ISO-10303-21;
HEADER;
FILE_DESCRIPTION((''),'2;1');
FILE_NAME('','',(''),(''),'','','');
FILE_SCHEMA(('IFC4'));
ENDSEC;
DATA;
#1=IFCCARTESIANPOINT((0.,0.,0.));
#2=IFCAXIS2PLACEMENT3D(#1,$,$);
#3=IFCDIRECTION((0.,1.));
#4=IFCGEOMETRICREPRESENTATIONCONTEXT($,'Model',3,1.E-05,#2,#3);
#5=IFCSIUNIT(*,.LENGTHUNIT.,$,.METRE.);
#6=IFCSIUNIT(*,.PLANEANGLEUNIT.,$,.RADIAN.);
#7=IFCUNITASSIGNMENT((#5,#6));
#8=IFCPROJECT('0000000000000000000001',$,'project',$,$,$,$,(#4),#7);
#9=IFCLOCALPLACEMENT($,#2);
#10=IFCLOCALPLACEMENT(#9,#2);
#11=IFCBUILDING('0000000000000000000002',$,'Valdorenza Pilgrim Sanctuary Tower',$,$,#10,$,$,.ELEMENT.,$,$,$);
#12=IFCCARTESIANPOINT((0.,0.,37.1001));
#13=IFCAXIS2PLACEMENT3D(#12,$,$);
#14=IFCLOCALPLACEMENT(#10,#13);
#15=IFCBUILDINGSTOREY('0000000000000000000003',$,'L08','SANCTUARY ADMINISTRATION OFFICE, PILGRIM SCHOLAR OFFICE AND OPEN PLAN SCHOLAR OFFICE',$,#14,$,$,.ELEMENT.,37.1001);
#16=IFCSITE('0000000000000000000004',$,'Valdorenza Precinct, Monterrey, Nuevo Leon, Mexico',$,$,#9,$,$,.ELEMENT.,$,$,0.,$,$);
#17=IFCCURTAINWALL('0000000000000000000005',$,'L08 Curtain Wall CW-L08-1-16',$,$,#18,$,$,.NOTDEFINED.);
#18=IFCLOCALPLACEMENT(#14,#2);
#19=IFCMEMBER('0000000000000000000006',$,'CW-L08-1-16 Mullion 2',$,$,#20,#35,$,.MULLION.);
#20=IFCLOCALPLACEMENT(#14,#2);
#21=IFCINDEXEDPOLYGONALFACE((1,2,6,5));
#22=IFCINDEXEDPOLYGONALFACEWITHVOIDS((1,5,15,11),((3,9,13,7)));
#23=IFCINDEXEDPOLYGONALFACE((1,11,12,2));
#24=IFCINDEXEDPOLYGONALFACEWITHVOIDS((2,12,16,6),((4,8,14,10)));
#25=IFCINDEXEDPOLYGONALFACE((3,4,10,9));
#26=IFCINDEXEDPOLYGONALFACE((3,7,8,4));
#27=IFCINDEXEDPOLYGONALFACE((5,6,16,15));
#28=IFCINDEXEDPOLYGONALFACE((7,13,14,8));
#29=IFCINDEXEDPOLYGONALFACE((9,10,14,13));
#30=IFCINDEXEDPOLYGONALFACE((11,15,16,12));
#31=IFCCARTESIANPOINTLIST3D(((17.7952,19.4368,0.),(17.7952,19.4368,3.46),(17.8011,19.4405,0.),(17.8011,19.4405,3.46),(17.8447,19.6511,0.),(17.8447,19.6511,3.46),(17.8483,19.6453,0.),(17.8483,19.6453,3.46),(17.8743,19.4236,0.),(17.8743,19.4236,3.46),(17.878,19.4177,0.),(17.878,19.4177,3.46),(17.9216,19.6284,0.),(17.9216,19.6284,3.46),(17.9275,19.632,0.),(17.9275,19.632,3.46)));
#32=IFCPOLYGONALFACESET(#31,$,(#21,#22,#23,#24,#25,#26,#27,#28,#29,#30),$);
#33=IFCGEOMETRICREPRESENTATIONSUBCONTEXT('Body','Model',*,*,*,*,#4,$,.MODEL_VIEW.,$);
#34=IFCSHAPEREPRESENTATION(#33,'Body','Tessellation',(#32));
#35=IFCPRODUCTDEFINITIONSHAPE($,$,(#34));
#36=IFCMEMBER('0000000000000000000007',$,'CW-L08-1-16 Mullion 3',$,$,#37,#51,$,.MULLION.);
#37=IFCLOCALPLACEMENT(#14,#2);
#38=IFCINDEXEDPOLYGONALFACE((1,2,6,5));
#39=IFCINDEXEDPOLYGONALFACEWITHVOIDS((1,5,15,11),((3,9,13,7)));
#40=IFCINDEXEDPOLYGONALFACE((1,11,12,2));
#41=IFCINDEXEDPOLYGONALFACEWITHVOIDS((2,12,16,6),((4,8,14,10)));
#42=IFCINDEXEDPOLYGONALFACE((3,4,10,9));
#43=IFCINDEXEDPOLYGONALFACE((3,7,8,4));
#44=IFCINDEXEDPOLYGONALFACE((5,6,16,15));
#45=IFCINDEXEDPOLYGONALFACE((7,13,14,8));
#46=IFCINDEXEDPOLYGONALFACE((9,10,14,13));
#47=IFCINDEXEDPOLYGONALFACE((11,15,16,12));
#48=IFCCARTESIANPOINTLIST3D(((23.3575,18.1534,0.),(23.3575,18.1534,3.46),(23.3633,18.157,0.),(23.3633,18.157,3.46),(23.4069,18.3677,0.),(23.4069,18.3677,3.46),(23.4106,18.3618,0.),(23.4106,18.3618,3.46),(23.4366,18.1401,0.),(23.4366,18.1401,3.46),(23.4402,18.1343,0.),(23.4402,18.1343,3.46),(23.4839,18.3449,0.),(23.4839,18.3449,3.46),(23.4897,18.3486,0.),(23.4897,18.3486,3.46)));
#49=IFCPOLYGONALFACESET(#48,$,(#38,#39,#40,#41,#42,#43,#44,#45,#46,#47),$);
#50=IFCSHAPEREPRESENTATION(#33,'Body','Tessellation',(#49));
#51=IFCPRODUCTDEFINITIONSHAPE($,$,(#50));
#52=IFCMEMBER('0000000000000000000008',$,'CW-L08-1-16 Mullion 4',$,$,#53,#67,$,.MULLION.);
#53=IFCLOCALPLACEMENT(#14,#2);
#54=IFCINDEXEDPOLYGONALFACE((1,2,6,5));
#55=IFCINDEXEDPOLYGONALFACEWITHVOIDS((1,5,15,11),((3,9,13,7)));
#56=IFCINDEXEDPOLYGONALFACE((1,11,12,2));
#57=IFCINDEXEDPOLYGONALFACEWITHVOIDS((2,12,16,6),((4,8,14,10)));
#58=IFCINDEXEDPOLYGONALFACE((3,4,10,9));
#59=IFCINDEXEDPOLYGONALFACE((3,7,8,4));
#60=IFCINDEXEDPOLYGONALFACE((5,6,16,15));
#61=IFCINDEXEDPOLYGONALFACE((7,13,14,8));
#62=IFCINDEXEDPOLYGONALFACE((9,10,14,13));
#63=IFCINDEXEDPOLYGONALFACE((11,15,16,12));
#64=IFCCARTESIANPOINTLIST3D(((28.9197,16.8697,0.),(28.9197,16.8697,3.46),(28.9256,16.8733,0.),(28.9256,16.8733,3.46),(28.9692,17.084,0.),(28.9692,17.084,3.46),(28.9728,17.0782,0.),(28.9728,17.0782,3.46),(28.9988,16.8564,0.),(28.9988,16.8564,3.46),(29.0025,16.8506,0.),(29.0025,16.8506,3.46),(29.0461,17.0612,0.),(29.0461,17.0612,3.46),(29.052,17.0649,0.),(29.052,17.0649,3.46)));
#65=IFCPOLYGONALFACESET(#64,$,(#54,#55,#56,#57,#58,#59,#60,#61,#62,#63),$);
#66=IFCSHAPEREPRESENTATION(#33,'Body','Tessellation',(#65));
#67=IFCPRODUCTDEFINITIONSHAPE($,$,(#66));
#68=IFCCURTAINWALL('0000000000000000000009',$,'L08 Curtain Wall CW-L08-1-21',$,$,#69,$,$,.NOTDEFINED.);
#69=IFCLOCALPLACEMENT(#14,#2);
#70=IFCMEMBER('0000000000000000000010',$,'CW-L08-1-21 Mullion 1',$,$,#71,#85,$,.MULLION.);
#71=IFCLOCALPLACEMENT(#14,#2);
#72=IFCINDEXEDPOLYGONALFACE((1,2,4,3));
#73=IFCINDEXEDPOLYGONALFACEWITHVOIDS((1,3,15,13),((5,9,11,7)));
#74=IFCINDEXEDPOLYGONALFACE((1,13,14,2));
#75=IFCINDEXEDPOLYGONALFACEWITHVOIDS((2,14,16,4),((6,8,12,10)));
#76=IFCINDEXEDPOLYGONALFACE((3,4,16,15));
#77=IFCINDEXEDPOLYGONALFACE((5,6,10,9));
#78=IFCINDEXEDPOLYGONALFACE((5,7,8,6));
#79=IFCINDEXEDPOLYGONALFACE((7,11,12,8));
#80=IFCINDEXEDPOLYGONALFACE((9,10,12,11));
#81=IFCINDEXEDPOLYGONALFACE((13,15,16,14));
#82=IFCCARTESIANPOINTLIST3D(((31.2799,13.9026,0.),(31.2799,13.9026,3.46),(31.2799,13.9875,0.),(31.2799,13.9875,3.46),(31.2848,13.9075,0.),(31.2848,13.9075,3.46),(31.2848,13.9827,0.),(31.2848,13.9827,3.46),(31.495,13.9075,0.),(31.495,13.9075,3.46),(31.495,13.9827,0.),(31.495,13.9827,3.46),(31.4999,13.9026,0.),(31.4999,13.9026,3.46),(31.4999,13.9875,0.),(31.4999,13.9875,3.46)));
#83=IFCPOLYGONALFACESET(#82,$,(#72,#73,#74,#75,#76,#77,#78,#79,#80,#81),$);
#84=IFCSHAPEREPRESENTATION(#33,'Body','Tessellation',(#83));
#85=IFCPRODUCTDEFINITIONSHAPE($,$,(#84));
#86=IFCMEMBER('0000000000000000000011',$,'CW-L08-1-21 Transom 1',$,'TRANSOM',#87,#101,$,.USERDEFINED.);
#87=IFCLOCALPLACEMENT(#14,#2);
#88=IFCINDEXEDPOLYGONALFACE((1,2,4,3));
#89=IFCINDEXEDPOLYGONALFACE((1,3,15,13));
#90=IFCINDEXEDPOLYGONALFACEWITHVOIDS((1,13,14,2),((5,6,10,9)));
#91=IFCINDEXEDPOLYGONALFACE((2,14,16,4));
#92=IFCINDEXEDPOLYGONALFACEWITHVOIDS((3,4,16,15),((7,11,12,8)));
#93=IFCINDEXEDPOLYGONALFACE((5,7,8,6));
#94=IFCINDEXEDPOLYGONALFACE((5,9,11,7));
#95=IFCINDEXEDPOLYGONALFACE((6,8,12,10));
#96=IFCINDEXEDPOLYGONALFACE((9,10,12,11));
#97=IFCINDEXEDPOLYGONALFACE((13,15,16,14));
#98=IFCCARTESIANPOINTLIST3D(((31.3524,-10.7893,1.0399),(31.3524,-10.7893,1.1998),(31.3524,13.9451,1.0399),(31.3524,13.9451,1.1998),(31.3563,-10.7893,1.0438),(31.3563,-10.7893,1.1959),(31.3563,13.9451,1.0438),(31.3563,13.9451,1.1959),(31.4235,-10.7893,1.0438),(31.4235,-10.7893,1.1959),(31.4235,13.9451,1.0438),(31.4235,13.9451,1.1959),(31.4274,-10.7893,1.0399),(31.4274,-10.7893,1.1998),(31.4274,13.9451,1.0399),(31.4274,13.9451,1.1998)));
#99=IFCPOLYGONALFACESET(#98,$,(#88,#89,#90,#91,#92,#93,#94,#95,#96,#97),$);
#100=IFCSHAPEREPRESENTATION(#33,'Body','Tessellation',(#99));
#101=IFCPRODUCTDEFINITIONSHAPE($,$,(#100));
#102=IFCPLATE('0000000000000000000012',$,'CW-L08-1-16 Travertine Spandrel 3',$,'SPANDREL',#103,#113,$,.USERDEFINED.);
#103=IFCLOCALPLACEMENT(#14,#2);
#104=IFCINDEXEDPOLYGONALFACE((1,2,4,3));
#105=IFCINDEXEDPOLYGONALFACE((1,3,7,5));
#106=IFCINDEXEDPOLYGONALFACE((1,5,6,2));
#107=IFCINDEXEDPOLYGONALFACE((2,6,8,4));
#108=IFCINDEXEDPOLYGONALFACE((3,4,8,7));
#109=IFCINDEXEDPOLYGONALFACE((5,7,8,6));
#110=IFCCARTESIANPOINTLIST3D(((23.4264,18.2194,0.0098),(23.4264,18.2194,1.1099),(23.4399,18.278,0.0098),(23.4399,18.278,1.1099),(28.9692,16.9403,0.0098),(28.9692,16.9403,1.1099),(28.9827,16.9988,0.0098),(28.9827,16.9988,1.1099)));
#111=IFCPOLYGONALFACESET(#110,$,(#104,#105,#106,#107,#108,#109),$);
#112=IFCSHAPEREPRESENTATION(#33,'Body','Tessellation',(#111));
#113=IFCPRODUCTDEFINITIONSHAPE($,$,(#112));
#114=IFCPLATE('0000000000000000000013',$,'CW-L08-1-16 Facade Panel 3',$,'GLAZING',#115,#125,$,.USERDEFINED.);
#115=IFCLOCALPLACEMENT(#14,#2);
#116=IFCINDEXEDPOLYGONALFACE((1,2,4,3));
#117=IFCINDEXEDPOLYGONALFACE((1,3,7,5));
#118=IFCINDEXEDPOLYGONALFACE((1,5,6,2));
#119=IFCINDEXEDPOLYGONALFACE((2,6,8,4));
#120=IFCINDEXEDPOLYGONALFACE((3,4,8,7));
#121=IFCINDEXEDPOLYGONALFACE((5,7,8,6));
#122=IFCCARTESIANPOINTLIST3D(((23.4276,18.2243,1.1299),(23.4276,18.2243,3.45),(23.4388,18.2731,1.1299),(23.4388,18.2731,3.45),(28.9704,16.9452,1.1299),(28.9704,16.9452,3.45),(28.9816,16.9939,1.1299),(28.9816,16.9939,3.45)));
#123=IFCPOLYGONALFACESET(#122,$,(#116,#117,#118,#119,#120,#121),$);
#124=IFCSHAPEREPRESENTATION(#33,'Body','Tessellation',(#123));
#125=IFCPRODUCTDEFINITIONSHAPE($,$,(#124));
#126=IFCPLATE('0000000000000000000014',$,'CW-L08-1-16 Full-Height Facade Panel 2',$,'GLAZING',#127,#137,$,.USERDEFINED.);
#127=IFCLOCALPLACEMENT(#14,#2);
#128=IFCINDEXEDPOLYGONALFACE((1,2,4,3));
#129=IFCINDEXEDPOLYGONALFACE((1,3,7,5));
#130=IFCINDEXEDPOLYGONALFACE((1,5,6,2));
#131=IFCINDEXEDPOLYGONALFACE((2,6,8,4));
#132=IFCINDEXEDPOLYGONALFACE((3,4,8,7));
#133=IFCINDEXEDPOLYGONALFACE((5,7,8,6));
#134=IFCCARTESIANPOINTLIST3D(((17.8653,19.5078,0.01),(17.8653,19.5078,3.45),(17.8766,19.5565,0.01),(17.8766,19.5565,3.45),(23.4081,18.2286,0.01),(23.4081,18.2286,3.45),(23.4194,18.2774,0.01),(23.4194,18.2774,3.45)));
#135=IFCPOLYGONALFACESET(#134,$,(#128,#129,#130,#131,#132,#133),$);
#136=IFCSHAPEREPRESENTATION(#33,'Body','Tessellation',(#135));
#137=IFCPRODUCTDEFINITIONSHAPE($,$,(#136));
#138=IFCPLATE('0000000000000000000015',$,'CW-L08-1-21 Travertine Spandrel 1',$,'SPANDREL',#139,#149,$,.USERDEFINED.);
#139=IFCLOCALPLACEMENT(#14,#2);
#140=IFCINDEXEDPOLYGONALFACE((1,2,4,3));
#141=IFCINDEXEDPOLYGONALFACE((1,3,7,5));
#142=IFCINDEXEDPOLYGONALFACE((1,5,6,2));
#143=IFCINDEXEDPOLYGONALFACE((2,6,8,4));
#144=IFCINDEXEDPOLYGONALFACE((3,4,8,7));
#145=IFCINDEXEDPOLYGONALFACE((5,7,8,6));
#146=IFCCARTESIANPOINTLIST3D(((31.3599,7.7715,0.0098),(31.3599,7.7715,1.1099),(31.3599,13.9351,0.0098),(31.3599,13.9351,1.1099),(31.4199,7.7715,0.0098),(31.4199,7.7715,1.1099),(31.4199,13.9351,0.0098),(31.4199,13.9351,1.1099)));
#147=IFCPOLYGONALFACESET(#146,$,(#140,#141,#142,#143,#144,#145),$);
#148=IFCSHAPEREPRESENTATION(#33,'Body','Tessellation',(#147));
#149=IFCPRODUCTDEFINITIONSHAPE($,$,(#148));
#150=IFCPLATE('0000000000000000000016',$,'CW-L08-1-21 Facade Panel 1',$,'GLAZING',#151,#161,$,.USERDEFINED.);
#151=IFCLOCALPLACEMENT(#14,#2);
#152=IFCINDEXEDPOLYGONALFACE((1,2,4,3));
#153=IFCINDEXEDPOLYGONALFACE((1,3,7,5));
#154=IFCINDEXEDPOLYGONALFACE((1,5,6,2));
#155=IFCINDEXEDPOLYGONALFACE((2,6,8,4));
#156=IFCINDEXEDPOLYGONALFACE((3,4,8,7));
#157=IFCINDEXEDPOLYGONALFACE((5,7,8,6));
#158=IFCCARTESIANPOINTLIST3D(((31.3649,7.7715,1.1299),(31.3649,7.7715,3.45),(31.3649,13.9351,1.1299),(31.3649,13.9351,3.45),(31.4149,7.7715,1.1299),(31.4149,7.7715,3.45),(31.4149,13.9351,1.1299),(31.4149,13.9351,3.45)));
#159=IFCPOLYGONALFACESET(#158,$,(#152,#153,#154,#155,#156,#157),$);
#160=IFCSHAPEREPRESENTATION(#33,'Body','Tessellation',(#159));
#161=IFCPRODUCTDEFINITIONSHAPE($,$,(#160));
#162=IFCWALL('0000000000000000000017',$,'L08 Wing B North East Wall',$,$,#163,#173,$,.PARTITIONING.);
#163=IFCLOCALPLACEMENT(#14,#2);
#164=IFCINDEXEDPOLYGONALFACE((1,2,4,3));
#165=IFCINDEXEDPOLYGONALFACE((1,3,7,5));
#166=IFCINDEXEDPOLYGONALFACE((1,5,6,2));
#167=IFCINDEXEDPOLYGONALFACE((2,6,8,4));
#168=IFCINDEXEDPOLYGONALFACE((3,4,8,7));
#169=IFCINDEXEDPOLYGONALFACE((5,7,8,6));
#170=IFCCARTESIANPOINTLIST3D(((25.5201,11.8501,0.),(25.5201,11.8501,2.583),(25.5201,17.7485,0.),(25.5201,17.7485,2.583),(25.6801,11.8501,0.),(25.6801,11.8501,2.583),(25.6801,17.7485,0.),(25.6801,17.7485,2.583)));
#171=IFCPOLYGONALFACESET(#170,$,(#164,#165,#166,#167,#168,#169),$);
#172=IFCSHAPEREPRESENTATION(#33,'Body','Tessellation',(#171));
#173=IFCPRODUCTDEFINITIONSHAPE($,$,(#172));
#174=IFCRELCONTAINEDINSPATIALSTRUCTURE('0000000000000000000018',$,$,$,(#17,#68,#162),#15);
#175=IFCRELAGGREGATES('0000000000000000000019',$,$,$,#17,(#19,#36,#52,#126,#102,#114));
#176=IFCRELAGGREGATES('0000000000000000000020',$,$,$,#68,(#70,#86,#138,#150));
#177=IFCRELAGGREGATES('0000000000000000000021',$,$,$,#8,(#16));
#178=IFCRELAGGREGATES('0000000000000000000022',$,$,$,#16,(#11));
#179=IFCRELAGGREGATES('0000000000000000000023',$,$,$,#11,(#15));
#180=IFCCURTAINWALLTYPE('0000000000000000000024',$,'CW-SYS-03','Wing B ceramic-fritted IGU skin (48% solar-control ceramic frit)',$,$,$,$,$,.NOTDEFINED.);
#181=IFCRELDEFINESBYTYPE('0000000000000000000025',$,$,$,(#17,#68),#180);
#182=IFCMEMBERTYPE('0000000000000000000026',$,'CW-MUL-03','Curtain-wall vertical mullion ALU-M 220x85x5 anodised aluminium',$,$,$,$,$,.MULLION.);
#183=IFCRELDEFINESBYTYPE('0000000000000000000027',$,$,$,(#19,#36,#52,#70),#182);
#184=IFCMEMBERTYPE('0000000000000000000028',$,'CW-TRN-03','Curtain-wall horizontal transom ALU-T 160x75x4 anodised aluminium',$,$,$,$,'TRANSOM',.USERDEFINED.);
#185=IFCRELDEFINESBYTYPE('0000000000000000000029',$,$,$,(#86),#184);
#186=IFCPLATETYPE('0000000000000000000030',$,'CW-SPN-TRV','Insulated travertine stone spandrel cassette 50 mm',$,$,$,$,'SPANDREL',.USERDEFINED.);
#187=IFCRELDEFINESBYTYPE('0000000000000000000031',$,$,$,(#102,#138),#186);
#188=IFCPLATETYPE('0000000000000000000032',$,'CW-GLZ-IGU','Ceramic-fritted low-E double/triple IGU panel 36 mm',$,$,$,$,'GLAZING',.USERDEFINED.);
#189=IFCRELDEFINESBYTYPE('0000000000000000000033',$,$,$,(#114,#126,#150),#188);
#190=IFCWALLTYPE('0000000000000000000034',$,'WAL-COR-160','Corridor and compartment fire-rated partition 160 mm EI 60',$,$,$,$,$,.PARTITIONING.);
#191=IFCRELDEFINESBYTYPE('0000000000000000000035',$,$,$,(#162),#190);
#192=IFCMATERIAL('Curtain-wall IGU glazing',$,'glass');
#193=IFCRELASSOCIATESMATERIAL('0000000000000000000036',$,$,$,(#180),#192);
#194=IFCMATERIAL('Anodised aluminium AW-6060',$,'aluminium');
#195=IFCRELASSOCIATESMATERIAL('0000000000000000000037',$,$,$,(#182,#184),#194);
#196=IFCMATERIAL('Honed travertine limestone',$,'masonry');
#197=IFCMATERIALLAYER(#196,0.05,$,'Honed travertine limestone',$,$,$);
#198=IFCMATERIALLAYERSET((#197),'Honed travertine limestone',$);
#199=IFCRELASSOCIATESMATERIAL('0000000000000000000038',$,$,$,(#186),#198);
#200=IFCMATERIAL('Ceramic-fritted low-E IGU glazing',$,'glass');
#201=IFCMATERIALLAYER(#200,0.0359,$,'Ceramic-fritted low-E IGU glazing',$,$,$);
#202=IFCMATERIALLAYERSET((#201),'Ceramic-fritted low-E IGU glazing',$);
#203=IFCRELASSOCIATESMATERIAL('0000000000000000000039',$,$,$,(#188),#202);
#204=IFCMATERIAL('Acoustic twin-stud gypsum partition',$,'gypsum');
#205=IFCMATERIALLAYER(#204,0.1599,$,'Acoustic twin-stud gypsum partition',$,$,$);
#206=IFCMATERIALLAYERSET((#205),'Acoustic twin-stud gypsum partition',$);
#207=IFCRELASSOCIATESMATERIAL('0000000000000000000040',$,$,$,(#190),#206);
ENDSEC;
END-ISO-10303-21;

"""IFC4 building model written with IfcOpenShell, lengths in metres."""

from ifc_helpers import new_model, si_unit, direction, frame, frame_2d, origin, origin_2d, place, context, subcontext, project, spatial, rectangle, hollow_rectangle, extrude, source, transform, mapped, material, layer, layer_set, material_profile, profile_set, type_object, element, aggregate, save


model = new_model("IFC4")

# Units and contexts
model_context = context("Model", 3, precision=1e-05, world=origin(), true_north=direction((0.0, 1.0)))
body_context = subcontext(model_context, "Body", "Model", "MODEL_VIEW")
ifc_project = project(units=[si_unit("LENGTHUNIT", "METRE"), si_unit("PLANEANGLEUNIT", "RADIAN")], contexts=[model_context])

# Site, building, storey
site_placement = place(None, origin())
site = spatial("IfcSite", under=ifc_project, at=site_placement, Name="Valdorenza Precinct, Monterrey, Nuevo Leon, Mexico", CompositionType="ELEMENT", RefElevation=0.0)
building_placement = place(site_placement, origin())
building = spatial("IfcBuilding", under=site, at=building_placement, Name="Valdorenza Pilgrim Sanctuary Tower", CompositionType="ELEMENT")
storey_placement = place(building_placement, frame((0.0, 0.0, 37.1001)))
storey = spatial("IfcBuildingStorey", under=building, at=storey_placement, Name="L08", Description="SANCTUARY ADMINISTRATION OFFICE, PILGRIM SCHOLAR OFFICE AND OPEN PLAN SCHOLAR OFFICE", CompositionType="ELEMENT", Elevation=37.1001)

# Curtain walls, members
ifc_material_1 = material(Name="Curtain-wall IGU glazing", Category="glass")
curtain_wall_type = type_object("IfcCurtainWallType", Name="CW-SYS-03", Description="Wing B ceramic-fritted IGU skin (48% solar-control ceramic frit)", PredefinedType="NOTDEFINED", material=ifc_material_1)
curtain_wall_1_placement = place(storey_placement, origin())
curtain_wall_1 = element("IfcCurtainWall", 1, at=curtain_wall_1_placement, inside=storey, type_object=curtain_wall_type, Name="L08 Curtain Wall CW-L08-1-16", PredefinedType="NOTDEFINED")
ifc_material_2 = material(Name="Anodised aluminium AW-6060", Category="aluminium")
ifc_material_profile_1 = material_profile(ifc_material_2, hollow_rectangle(XDim=0.085, YDim=0.22, WallThickness=0.0049, at=origin_2d()), Name="ALU-M 220x85x5")
ifc_profile_set_1 = profile_set([ifc_material_profile_1], Name="Anodised aluminium AW-6060")
member_type_1 = type_object("IfcMemberType", Name="CW-MUL-03", Description="Curtain-wall vertical mullion ALU-M 220x85x5 anodised aluminium", PredefinedType="MULLION", material=ifc_profile_set_1)
shared_shape_1 = source(origin(), body_context, "Body", "SweptSolid", [
    extrude(hollow_rectangle(XDim=0.085, YDim=0.22, WallThickness=0.0049, at=origin_2d()), origin(), (0.0, 0.0, 1.0), 3.46),
])
member_1_placement = place(storey_placement, frame((17.8613, 19.5344, 0.0), z_axis=(0.0, 0.0, 1.0), x_axis=(0.97439, -0.224866, 0.0)))
member_1 = element("IfcMember", 2, at=member_1_placement, type_object=member_type_1, Name="CW-L08-1-16 Mullion 2", PredefinedType="MULLION", context=body_context, shape_type="MappedRepresentation", body=[
    mapped(shared_shape_1, transform((0.0, 0.0, 0.0), x_axis=(1.0, 0.0, 0.0), y_axis=(0.0, 1.0, 0.0), z_axis=(0.0, 0.0, 1.0), scale=1.0)),
])
member_2_placement = place(storey_placement, frame((23.4236, 18.251, 0.0), z_axis=(0.0, 0.0, 1.0), x_axis=(0.97439, -0.224866, 0.0)))
member_2 = element("IfcMember", 3, at=member_2_placement, type_object=member_type_1, Name="CW-L08-1-16 Mullion 3", PredefinedType="MULLION", context=body_context, shape_type="MappedRepresentation", body=[
    mapped(shared_shape_1, transform((0.0, 0.0, 0.0), x_axis=(1.0, 0.0, 0.0), y_axis=(0.0, 1.0, 0.0), z_axis=(0.0, 0.0, 1.0), scale=1.0)),
])
member_3_placement = place(storey_placement, frame((28.9858, 16.9673, 0.0), z_axis=(0.0, 0.0, 1.0), x_axis=(0.97439, -0.224866, 0.0)))
member_3 = element("IfcMember", 4, at=member_3_placement, type_object=member_type_1, Name="CW-L08-1-16 Mullion 4", PredefinedType="MULLION", context=body_context, shape_type="MappedRepresentation", body=[
    mapped(shared_shape_1, transform((0.0, 0.0, 0.0), x_axis=(1.0, 0.0, 0.0), y_axis=(0.0, 1.0, 0.0), z_axis=(0.0, 0.0, 1.0), scale=1.0)),
])
curtain_wall_2_placement = place(storey_placement, origin())
curtain_wall_2 = element("IfcCurtainWall", 5, at=curtain_wall_2_placement, inside=storey, type_object=curtain_wall_type, Name="L08 Curtain Wall CW-L08-1-21", PredefinedType="NOTDEFINED")
member_4_placement = place(storey_placement, frame((31.3899, 13.9451, 0.0), z_axis=(0.0, 0.0, 1.0), x_axis=(0.0, -1.0, 0.0)))
member_4 = element("IfcMember", 6, at=member_4_placement, type_object=member_type_1, Name="CW-L08-1-21 Mullion 1", PredefinedType="MULLION", context=body_context, shape_type="MappedRepresentation", body=[
    mapped(shared_shape_1, transform((0.0, 0.0, 0.0), x_axis=(1.0, 0.0, 0.0), y_axis=(0.0, 1.0, 0.0), z_axis=(0.0, 0.0, 1.0), scale=1.0)),
])
ifc_material_profile_2 = material_profile(ifc_material_2, hollow_rectangle(XDim=0.075, YDim=0.1599, WallThickness=0.0039, at=origin_2d()), Name="ALU-T 160x75x4")
ifc_profile_set_2 = profile_set([ifc_material_profile_2], Name="Anodised aluminium AW-6060")
member_type_2 = type_object("IfcMemberType", Name="CW-TRN-03", Description="Curtain-wall horizontal transom ALU-T 160x75x4 anodised aluminium", ElementType="TRANSOM", PredefinedType="USERDEFINED", material=ifc_profile_set_2)
shared_shape_2 = source(origin(), body_context, "Body", "SweptSolid", [
    extrude(hollow_rectangle(XDim=0.075, YDim=0.1599, WallThickness=0.0039, at=origin_2d()), origin(), (0.0, 0.0, 1.0), 24.7344),
])
member_5_placement = place(storey_placement, frame((31.3899, 13.9451, 1.1199), z_axis=(0.0, -1.0, 0.0), x_axis=(1.0, 0.0, 0.0)))
member_5 = element("IfcMember", 7, at=member_5_placement, type_object=member_type_2, Name="CW-L08-1-21 Transom 1", ObjectType="TRANSOM", PredefinedType="USERDEFINED", context=body_context, shape_type="MappedRepresentation", body=[
    mapped(shared_shape_2, transform((0.0, 0.0, 0.0), x_axis=(1.0, 0.0, 0.0), y_axis=(0.0, 1.0, 0.0), z_axis=(0.0, 0.0, 1.0), scale=1.0)),
])

# Plates
ifc_material_3 = material(Name="Honed travertine limestone", Category="masonry")
ifc_layer_1 = layer(ifc_material_3, 0.05, Name="Honed travertine limestone")
ifc_layer_set_1 = layer_set([ifc_layer_1], Name="Honed travertine limestone")
plate_type_1 = type_object("IfcPlateType", Name="CW-SPN-TRV", Description="Insulated travertine stone spandrel cassette 50 mm", ElementType="SPANDREL", PredefinedType="USERDEFINED", material=ifc_layer_set_1)
shared_shape_3 = source(origin(), body_context, "Body", "SweptSolid", [
    extrude(rectangle(XDim=5.6885, YDim=0.0601, at=origin_2d()), origin(), (0.0, 0.0, 1.0), 1.1001),
])
plate_1_placement = place(storey_placement, frame((26.2046, 17.6091, 0.0098), z_axis=(0.0, 0.0, 1.0), x_axis=(0.97439, -0.224866, 0.0)))
plate_1 = element("IfcPlate", 8, at=plate_1_placement, type_object=plate_type_1, Name="CW-L08-1-16 Travertine Spandrel 3", ObjectType="SPANDREL", PredefinedType="USERDEFINED", context=body_context, shape_type="MappedRepresentation", body=[
    mapped(shared_shape_3, transform((0.0, 0.0, 0.0), x_axis=(1.0, 0.0, 0.0), y_axis=(0.0, 1.0, 0.0), z_axis=(0.0, 0.0, 1.0), scale=1.0)),
])
ifc_material_4 = material(Name="Ceramic-fritted low-E IGU glazing", Category="glass")
ifc_layer_2 = layer(ifc_material_4, 0.0359, Name="Ceramic-fritted low-E IGU glazing")
ifc_layer_set_2 = layer_set([ifc_layer_2], Name="Ceramic-fritted low-E IGU glazing")
plate_type_2 = type_object("IfcPlateType", Name="CW-GLZ-IGU", Description="Ceramic-fritted low-E double/triple IGU panel 36 mm", ElementType="GLAZING", PredefinedType="USERDEFINED", material=ifc_layer_set_2)
shared_shape_4 = source(origin(), body_context, "Body", "SweptSolid", [
    extrude(rectangle(XDim=5.6885, YDim=0.05, at=origin_2d()), origin(), (0.0, 0.0, 1.0), 2.3201),
])
plate_2_placement = place(storey_placement, frame((26.2046, 17.6091, 1.1299), z_axis=(0.0, 0.0, 1.0), x_axis=(0.97439, -0.224866, 0.0)))
plate_2 = element("IfcPlate", 9, at=plate_2_placement, type_object=plate_type_2, Name="CW-L08-1-16 Facade Panel 3", ObjectType="GLAZING", PredefinedType="USERDEFINED", context=body_context, shape_type="MappedRepresentation", body=[
    mapped(shared_shape_4, transform((0.0, 0.0, 0.0), x_axis=(1.0, 0.0, 0.0), y_axis=(0.0, 1.0, 0.0), z_axis=(0.0, 0.0, 1.0), scale=1.0)),
])
shared_shape_5 = source(origin(), body_context, "Body", "SweptSolid", [
    extrude(rectangle(XDim=5.6885, YDim=0.05, at=origin_2d()), origin(), (0.0, 0.0, 1.0), 3.4399),
])
plate_3_placement = place(storey_placement, frame((20.6423, 18.8926, 0.01), z_axis=(0.0, 0.0, 1.0), x_axis=(0.97439, -0.224866, 0.0)))
plate_3 = element("IfcPlate", 10, at=plate_3_placement, type_object=plate_type_2, Name="CW-L08-1-16 Full-Height Facade Panel 2", ObjectType="GLAZING", PredefinedType="USERDEFINED", context=body_context, shape_type="MappedRepresentation", body=[
    mapped(shared_shape_5, transform((0.0, 0.0, 0.0), x_axis=(1.0, 0.0, 0.0), y_axis=(0.0, 1.0, 0.0), z_axis=(0.0, 0.0, 1.0), scale=1.0)),
])
aggregate(curtain_wall_1, [member_1, member_2, member_3, plate_3, plate_1, plate_2])
shared_shape_6 = source(origin(), body_context, "Body", "SweptSolid", [
    extrude(rectangle(XDim=6.1636, YDim=0.0601, at=origin_2d()), origin(), (0.0, 0.0, 1.0), 1.1001),
])
plate_4_placement = place(storey_placement, frame((31.3899, 10.8533, 0.0098), z_axis=(0.0, 0.0, 1.0), x_axis=(0.0, -1.0, 0.0)))
plate_4 = element("IfcPlate", 11, at=plate_4_placement, type_object=plate_type_1, Name="CW-L08-1-21 Travertine Spandrel 1", ObjectType="SPANDREL", PredefinedType="USERDEFINED", context=body_context, shape_type="MappedRepresentation", body=[
    mapped(shared_shape_6, transform((0.0, 0.0, 0.0), x_axis=(1.0, 0.0, 0.0), y_axis=(0.0, 1.0, 0.0), z_axis=(0.0, 0.0, 1.0), scale=1.0)),
])
shared_shape_7 = source(origin(), body_context, "Body", "SweptSolid", [
    extrude(rectangle(XDim=6.1636, YDim=0.05, at=origin_2d()), origin(), (0.0, 0.0, 1.0), 2.3201),
])
plate_5_placement = place(storey_placement, frame((31.3899, 10.8533, 1.1299), z_axis=(0.0, 0.0, 1.0), x_axis=(0.0, -1.0, 0.0)))
plate_5 = element("IfcPlate", 12, at=plate_5_placement, type_object=plate_type_2, Name="CW-L08-1-21 Facade Panel 1", ObjectType="GLAZING", PredefinedType="USERDEFINED", context=body_context, shape_type="MappedRepresentation", body=[
    mapped(shared_shape_7, transform((0.0, 0.0, 0.0), x_axis=(1.0, 0.0, 0.0), y_axis=(0.0, 1.0, 0.0), z_axis=(0.0, 0.0, 1.0), scale=1.0)),
])
aggregate(curtain_wall_2, [member_4, member_5, plate_4, plate_5])

# Wall
ifc_material_5 = material(Name="Acoustic twin-stud gypsum partition", Category="gypsum")
ifc_layer_3 = layer(ifc_material_5, 0.1599, Name="Acoustic twin-stud gypsum partition")
ifc_layer_set_3 = layer_set([ifc_layer_3], Name="Acoustic twin-stud gypsum partition")
wall_type_1 = type_object("IfcWallType", Name="WAL-COR-160", Description="Corridor and compartment fire-rated partition 160 mm EI 60", PredefinedType="PARTITIONING", material=ifc_layer_set_3)
wall_1_placement = place(storey_placement, frame((25.6001, 11.8501, 0.0), z_axis=(0.0, 0.0, 1.0), x_axis=(0.0, 1.0, 0.0)))
element("IfcWall", 13, at=wall_1_placement, inside=storey, type_object=wall_type_1, Name="L08 Wing B North East Wall", PredefinedType="PARTITIONING", context=body_context, shape_type="SweptSolid", body=[
    extrude(rectangle(XDim=5.8984, YDim=0.1599, at=frame_2d((2.9492, 0.0))), origin(), (0.0, 0.0, 1.0), 2.583),
])

save(model, "model.ifc")
